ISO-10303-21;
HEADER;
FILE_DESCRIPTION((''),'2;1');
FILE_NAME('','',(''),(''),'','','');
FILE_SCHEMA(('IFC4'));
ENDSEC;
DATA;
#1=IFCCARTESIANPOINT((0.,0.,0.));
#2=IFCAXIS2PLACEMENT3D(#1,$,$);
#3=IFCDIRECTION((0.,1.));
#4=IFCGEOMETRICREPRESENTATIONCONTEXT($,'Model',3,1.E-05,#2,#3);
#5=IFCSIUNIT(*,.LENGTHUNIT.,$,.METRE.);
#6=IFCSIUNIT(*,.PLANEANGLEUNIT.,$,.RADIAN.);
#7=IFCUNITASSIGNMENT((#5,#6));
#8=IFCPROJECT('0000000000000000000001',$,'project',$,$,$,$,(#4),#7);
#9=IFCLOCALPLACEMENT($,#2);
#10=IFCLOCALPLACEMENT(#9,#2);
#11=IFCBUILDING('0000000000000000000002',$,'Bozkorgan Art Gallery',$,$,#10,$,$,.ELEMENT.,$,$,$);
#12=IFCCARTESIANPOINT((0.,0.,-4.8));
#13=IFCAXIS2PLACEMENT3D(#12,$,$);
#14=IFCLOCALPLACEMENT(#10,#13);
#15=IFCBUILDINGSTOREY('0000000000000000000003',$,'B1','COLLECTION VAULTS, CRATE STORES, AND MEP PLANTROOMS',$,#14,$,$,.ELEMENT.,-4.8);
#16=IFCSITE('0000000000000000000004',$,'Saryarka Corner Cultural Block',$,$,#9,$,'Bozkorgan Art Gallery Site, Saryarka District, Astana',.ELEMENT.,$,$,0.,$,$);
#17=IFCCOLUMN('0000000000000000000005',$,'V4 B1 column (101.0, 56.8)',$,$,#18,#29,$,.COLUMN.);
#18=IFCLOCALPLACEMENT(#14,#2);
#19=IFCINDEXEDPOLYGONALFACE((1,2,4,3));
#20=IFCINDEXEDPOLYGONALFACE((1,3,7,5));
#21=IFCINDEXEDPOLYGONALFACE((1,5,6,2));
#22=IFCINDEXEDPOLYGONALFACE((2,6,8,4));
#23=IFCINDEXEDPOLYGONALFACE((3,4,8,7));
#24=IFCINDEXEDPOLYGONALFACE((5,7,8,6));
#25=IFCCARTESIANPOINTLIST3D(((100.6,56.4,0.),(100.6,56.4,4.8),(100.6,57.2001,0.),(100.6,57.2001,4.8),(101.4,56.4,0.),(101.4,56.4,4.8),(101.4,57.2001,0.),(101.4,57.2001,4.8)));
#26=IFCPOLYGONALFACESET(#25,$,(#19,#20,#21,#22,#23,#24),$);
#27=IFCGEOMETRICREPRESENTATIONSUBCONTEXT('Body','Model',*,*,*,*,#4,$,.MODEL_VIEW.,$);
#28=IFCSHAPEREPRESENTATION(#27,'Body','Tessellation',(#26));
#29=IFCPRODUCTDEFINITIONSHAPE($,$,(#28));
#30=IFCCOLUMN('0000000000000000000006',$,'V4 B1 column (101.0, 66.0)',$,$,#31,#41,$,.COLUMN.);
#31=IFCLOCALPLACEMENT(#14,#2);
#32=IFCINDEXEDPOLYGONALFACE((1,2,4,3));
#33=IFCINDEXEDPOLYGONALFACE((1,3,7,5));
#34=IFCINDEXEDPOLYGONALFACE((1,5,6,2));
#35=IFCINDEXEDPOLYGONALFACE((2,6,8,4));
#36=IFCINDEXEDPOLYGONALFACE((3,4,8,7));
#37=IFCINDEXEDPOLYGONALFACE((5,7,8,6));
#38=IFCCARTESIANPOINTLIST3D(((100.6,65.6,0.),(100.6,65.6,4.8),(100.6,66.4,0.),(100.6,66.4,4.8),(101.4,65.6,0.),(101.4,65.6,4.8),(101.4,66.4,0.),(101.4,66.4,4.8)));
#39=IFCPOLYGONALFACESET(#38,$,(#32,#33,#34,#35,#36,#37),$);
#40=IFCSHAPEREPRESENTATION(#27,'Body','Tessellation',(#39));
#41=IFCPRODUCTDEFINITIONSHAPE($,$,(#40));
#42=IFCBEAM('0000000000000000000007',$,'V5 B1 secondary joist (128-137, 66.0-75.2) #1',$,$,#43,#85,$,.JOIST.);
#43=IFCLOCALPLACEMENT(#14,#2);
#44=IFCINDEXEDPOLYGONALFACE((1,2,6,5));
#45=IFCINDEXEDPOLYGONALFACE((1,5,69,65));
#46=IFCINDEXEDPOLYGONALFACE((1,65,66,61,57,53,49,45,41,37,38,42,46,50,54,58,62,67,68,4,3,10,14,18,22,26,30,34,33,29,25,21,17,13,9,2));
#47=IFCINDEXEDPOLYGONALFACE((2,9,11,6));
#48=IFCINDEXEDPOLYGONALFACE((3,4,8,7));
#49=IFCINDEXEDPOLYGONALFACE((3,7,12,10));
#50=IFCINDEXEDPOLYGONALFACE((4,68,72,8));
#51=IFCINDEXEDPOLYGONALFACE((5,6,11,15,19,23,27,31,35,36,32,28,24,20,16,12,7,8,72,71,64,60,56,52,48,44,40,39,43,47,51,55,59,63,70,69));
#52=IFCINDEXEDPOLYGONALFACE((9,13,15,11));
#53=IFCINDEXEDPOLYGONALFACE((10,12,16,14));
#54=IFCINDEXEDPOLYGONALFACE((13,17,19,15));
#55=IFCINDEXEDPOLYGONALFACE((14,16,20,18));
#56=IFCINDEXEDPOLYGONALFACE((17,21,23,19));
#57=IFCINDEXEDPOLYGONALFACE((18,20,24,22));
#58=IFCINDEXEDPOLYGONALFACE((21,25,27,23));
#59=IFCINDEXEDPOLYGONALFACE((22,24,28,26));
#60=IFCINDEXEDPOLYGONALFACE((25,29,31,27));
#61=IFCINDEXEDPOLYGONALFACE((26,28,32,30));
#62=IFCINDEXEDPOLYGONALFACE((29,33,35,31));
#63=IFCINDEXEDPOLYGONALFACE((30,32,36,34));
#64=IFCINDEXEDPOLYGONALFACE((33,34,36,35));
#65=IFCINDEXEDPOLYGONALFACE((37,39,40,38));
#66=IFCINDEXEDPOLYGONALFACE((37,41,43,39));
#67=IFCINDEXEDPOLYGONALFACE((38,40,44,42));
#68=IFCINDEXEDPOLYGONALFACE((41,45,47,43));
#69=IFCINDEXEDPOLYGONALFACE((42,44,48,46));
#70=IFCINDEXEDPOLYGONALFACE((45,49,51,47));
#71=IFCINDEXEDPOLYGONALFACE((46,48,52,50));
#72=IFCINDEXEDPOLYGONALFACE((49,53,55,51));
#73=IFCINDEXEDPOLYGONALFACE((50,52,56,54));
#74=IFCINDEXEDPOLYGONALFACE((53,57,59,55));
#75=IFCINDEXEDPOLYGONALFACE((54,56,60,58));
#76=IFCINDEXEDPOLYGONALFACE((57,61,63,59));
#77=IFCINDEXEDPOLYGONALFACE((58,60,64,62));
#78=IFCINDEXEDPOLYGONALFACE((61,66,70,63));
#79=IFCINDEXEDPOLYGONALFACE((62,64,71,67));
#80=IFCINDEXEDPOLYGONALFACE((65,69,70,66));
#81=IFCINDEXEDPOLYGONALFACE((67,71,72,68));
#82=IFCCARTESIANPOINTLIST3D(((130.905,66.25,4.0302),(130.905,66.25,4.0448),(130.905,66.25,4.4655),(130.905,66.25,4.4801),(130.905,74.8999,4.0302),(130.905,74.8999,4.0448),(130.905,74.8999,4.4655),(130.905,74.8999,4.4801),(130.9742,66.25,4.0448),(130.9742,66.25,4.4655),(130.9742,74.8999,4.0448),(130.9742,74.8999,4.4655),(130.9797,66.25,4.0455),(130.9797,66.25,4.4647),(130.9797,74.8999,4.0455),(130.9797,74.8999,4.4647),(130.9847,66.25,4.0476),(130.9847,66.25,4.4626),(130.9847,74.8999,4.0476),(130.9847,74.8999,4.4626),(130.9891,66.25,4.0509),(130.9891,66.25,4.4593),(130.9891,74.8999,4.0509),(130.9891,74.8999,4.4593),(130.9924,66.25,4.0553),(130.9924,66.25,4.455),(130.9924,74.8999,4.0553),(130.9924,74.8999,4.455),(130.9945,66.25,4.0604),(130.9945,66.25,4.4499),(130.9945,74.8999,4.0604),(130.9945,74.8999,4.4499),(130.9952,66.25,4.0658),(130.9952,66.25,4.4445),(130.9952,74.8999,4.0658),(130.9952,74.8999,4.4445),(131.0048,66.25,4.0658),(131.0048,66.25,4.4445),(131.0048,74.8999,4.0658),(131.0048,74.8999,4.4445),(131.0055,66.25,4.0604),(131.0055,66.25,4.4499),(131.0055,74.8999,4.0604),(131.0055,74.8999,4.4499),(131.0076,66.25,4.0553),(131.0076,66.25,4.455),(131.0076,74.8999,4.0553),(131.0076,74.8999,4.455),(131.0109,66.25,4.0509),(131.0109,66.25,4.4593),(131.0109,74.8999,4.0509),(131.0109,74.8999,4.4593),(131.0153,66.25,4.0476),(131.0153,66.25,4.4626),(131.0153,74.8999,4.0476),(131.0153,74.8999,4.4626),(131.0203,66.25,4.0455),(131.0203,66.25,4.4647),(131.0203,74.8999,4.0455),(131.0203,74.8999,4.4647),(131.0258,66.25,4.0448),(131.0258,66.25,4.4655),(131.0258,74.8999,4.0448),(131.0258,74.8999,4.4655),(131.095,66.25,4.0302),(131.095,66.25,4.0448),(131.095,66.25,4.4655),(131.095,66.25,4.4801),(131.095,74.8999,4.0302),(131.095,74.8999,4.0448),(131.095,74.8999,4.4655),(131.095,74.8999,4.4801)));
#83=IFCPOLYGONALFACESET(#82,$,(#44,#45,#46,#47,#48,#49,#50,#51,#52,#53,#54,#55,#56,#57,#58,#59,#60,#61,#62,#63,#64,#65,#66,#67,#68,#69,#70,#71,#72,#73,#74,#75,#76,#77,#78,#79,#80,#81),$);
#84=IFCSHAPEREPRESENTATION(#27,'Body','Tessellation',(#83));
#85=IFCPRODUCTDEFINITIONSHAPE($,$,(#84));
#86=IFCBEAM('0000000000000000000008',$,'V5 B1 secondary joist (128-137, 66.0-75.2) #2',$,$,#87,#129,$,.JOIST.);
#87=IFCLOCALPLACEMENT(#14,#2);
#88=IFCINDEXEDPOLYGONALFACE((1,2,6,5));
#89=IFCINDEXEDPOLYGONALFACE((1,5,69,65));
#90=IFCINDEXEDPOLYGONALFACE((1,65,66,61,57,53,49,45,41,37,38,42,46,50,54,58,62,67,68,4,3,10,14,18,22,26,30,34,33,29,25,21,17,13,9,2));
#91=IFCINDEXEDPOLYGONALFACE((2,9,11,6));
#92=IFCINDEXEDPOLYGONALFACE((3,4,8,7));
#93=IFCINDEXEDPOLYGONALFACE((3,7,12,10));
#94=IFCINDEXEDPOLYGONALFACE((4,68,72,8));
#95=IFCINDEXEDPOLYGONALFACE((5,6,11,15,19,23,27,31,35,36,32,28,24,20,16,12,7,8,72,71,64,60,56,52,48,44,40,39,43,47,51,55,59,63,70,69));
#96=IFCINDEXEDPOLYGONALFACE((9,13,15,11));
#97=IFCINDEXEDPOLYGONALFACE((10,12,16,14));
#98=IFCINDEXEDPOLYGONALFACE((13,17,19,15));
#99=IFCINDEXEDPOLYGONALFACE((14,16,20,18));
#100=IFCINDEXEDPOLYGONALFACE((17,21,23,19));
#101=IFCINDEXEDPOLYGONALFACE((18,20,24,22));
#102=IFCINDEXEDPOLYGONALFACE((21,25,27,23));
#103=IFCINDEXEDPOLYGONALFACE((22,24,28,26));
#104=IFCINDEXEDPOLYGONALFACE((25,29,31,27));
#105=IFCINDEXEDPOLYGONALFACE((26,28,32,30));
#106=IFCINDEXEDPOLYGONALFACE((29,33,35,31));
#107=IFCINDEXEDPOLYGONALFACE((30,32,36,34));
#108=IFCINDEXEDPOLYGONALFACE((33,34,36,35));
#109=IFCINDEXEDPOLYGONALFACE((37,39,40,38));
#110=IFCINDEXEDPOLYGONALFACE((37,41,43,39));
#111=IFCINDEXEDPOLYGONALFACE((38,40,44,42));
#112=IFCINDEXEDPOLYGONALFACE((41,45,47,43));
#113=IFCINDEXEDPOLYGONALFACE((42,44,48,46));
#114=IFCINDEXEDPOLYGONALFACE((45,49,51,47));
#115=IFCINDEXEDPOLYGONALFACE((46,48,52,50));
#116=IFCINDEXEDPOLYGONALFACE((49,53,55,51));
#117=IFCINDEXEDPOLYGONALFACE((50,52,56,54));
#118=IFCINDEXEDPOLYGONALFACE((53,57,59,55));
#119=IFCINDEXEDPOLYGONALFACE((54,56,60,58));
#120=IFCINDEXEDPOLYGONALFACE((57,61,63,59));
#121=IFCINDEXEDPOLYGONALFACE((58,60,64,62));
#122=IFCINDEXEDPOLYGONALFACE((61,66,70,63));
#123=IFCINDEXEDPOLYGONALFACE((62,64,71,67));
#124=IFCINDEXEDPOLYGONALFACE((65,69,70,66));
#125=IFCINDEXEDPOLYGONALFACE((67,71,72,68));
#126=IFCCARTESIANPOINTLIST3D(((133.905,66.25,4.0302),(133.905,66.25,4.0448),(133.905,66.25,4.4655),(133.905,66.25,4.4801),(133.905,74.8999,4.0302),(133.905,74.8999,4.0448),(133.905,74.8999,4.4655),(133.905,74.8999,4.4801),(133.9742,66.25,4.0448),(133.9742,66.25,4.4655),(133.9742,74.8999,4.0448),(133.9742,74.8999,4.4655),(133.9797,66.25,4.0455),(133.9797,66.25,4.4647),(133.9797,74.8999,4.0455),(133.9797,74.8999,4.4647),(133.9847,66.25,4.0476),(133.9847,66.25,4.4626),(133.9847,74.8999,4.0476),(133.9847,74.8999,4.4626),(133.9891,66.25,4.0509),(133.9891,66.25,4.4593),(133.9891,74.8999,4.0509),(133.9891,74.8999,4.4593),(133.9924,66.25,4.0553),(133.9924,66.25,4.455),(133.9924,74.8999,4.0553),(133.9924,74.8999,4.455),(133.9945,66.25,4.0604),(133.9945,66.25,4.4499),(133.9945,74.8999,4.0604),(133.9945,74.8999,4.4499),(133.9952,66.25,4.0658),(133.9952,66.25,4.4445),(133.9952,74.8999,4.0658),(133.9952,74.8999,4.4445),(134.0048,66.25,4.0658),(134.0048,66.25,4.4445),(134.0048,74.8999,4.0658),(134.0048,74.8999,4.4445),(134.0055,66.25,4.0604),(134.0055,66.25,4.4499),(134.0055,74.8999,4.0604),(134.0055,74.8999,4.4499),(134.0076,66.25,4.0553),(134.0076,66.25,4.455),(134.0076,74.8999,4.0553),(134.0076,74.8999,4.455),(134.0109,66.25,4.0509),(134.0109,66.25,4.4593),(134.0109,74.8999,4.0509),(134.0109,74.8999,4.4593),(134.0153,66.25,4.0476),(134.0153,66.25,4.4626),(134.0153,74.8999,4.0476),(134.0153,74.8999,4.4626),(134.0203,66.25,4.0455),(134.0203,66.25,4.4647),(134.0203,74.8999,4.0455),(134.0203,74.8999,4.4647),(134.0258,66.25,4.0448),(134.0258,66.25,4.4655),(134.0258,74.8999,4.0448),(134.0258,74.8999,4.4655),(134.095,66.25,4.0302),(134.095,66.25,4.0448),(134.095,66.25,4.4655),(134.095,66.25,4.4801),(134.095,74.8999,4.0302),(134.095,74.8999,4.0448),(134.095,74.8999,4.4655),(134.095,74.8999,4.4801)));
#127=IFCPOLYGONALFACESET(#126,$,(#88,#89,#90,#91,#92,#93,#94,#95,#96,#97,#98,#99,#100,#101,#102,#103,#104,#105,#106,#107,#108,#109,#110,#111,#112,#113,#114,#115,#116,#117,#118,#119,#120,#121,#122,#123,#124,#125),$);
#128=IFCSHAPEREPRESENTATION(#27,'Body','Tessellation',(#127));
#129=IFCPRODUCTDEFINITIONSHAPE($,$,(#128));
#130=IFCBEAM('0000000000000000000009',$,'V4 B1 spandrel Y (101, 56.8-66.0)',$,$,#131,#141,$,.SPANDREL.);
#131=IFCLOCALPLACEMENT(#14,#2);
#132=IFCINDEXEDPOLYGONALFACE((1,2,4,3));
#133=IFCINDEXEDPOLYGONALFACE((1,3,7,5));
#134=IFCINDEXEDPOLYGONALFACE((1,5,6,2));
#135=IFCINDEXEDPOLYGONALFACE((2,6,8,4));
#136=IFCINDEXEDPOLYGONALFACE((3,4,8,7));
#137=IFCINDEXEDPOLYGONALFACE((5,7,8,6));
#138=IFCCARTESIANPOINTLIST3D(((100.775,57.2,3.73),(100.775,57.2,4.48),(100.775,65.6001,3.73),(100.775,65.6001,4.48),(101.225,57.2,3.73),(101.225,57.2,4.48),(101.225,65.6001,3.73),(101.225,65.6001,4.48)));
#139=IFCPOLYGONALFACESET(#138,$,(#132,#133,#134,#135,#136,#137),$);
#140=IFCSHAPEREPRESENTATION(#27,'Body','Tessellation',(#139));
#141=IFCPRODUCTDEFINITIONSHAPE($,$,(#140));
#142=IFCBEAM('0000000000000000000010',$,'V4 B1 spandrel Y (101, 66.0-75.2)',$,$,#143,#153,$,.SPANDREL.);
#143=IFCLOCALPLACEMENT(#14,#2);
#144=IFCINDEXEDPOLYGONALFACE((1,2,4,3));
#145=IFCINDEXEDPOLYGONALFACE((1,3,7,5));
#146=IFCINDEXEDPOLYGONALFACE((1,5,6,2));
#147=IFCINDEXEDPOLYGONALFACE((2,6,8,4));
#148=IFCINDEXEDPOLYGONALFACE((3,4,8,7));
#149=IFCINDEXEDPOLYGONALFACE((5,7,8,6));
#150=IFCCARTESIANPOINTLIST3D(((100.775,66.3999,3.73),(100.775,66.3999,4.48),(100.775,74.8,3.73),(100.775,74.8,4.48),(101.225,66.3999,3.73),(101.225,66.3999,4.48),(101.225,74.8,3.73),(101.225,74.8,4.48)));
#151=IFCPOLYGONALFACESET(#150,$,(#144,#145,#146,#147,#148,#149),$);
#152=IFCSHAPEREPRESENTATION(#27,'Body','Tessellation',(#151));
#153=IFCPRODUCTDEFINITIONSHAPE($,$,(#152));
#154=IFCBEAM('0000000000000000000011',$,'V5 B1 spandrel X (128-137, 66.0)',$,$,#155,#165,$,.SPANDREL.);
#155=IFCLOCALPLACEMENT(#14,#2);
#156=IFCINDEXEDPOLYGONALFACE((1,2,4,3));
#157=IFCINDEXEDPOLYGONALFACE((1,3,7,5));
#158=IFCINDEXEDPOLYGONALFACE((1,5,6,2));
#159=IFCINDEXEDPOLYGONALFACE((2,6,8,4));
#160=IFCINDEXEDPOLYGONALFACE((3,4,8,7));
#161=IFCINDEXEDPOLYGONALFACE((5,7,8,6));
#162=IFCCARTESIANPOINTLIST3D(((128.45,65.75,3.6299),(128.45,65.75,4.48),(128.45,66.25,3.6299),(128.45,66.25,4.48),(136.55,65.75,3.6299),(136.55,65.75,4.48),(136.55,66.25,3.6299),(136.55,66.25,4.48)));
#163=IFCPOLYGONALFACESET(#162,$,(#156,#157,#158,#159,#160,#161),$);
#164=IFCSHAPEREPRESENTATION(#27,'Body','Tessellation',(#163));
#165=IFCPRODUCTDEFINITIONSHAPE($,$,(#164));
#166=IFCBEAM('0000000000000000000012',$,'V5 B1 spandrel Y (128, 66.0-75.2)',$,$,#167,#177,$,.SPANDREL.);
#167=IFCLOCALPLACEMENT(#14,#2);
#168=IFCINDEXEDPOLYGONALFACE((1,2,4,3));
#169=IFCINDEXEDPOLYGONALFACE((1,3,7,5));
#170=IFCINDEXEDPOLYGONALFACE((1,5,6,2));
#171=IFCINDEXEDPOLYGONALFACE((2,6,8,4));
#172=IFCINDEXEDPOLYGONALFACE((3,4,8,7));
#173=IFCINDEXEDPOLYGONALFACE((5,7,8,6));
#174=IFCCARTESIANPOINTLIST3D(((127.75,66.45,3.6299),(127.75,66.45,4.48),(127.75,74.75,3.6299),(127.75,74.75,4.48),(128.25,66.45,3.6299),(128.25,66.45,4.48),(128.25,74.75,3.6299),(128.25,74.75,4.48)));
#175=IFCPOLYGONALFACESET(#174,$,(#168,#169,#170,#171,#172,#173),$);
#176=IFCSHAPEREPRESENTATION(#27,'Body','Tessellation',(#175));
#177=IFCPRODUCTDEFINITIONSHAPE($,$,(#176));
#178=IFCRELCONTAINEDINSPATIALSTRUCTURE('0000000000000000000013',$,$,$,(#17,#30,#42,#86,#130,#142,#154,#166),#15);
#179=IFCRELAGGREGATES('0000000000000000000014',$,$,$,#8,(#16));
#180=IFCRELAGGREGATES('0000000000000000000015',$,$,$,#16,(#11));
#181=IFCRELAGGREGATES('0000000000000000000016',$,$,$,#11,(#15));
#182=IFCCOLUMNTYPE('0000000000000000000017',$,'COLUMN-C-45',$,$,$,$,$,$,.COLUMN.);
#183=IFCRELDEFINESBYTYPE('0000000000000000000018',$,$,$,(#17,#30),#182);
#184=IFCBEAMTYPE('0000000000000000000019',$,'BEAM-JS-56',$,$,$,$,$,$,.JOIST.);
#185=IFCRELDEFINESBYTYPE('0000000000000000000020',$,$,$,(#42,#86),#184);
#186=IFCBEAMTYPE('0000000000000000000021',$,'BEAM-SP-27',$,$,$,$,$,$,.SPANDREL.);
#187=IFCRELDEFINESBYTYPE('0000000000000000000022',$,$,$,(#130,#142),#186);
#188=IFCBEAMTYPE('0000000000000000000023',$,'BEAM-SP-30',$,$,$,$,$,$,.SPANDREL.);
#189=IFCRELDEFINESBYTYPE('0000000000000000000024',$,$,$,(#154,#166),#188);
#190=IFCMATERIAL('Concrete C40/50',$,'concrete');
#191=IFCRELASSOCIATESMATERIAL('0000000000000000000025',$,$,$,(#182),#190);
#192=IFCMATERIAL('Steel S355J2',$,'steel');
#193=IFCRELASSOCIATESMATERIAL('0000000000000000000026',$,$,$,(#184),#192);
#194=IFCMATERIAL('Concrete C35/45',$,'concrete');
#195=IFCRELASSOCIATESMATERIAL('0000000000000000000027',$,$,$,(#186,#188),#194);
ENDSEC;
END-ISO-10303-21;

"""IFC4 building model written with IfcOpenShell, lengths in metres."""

from ifc_helpers import new_model, si_unit, direction, frame, origin, origin_2d, place, context, subcontext, project, spatial, rectangle, i_section, extrude, material, material_profile, profile_set, type_object, element, save


model = new_model("IFC4")

# Units and contexts
model_context = context("Model", 3, precision=1e-05, world=origin(), true_north=direction((0.0, 1.0)))
body_context = subcontext(model_context, "Body", "Model", "MODEL_VIEW")
ifc_project = project(units=[si_unit("LENGTHUNIT", "METRE"), si_unit("PLANEANGLEUNIT", "RADIAN")], contexts=[model_context])

# Site, building, storey
site_placement = place(None, origin())
site = spatial("IfcSite", under=ifc_project, at=site_placement, Name="Saryarka Corner Cultural Block", LongName="Bozkorgan Art Gallery Site, Saryarka District, Astana", CompositionType="ELEMENT", RefElevation=0.0)
building_placement = place(site_placement, origin())
building = spatial("IfcBuilding", under=site, at=building_placement, Name="Bozkorgan Art Gallery", CompositionType="ELEMENT")
storey_placement = place(building_placement, frame((0.0, 0.0, -4.8)))
storey = spatial("IfcBuildingStorey", under=building, at=storey_placement, Name="B1", Description="COLLECTION VAULTS, CRATE STORES, AND MEP PLANTROOMS", CompositionType="ELEMENT", Elevation=-4.8)

# Columns
ifc_material_1 = material(Name="Concrete C40/50", Category="concrete")
ifc_material_profile_1 = material_profile(ifc_material_1, rectangle(XDim=0.8, YDim=0.8, at=origin_2d()), Name="RC 800x800")
ifc_profile_set_1 = profile_set([ifc_material_profile_1], Name="Concrete C40/50")
column_type_1 = type_object("IfcColumnType", Name="COLUMN-C-45", PredefinedType="COLUMN", material=ifc_profile_set_1)
for number, where, z_axis, x_axis, name in (
    (1, (101.0, 56.8, 0.0), (0.0, 0.0, 1.0), (1.0, 0.0, 0.0), "V4 B1 column (101.0, 56.8)"),
    (2, (101.0, 66.0, 0.0), (0.0, 0.0, 1.0), (1.0, 0.0, 0.0), "V4 B1 column (101.0, 66.0)"),
):
    element("IfcColumn", number, at=place(storey_placement, frame(where, z_axis=z_axis, x_axis=x_axis)), inside=storey, type_object=column_type_1, Name=name, PredefinedType="COLUMN", context=body_context, shape_type="SweptSolid", body=[
        extrude(rectangle(XDim=0.8, YDim=0.8, at=origin_2d()), origin(), (0.0, 0.0, 1.0), 4.8),
    ])

# Beams
ifc_material_2 = material(Name="Steel S355J2", Category="steel")
ifc_material_profile_2 = material_profile(ifc_material_2, i_section(OverallWidth=0.1899, OverallDepth=0.45, WebThickness=0.0095, FlangeThickness=0.0146, FilletRadius=0.021, at=origin_2d()), Name="IPE 450")
ifc_profile_set_2 = profile_set([ifc_material_profile_2], Name="Steel S355J2")
beam_type_1 = type_object("IfcBeamType", Name="BEAM-JS-56", PredefinedType="JOIST", material=ifc_profile_set_2)
for number, where, z_axis, x_axis, name in (
    (3, (131.0, 66.25, 4.2551), (0.0, 1.0, 0.0), (-1.0, 0.0, 0.0), "V5 B1 secondary joist (128-137, 66.0-75.2) #1"),
    (4, (134.0, 66.25, 4.2551), (0.0, 1.0, 0.0), (-1.0, 0.0, 0.0), "V5 B1 secondary joist (128-137, 66.0-75.2) #2"),
):
    element("IfcBeam", number, at=place(storey_placement, frame(where, z_axis=z_axis, x_axis=x_axis)), inside=storey, type_object=beam_type_1, Name=name, PredefinedType="JOIST", context=body_context, shape_type="SweptSolid", body=[
        extrude(i_section(OverallWidth=0.1899, OverallDepth=0.45, WebThickness=0.0095, FlangeThickness=0.0146, FilletRadius=0.021, at=origin_2d()), origin(), (0.0, 0.0, 1.0), 8.6499),
    ])
ifc_material_3 = material(Name="Concrete C35/45", Category="concrete")
ifc_material_profile_3 = material_profile(ifc_material_3, rectangle(XDim=0.45, YDim=0.75, at=origin_2d()), Name="RC 450x750")
ifc_profile_set_3 = profile_set([ifc_material_profile_3], Name="Concrete C35/45")
beam_type_2 = type_object("IfcBeamType", Name="BEAM-SP-27", PredefinedType="SPANDREL", material=ifc_profile_set_3)
for number, where, z_axis, x_axis, name in (
    (5, (101.0, 57.2, 4.105), (0.0, 1.0, 0.0), (-1.0, 0.0, 0.0), "V4 B1 spandrel Y (101, 56.8-66.0)"),
    (6, (101.0, 66.3999, 4.105), (0.0, 1.0, 0.0), (-1.0, 0.0, 0.0), "V4 B1 spandrel Y (101, 66.0-75.2)"),
):
    element("IfcBeam", number, at=place(storey_placement, frame(where, z_axis=z_axis, x_axis=x_axis)), inside=storey, type_object=beam_type_2, Name=name, PredefinedType="SPANDREL", context=body_context, shape_type="SweptSolid", body=[
        extrude(rectangle(XDim=0.45, YDim=0.75, at=origin_2d()), origin(), (0.0, 0.0, 1.0), 8.4001),
    ])
ifc_material_profile_4 = material_profile(ifc_material_3, rectangle(XDim=0.5, YDim=0.8501, at=origin_2d()), Name="RC 500x850")
ifc_profile_set_4 = profile_set([ifc_material_profile_4], Name="Concrete C35/45")
beam_type_3 = type_object("IfcBeamType", Name="BEAM-SP-30", PredefinedType="SPANDREL", material=ifc_profile_set_4)
beam_1_placement = place(storey_placement, frame((128.45, 66.0, 4.0549), z_axis=(1.0, 0.0, 0.0), x_axis=(0.0, 1.0, 0.0)))
element("IfcBeam", 7, at=beam_1_placement, inside=storey, type_object=beam_type_3, Name="V5 B1 spandrel X (128-137, 66.0)", PredefinedType="SPANDREL", context=body_context, shape_type="SweptSolid", body=[
    extrude(rectangle(XDim=0.5, YDim=0.8501, at=origin_2d()), origin(), (0.0, 0.0, 1.0), 8.1001),
])
beam_2_placement = place(storey_placement, frame((128.0, 66.45, 4.0549), z_axis=(0.0, 1.0, 0.0), x_axis=(-1.0, 0.0, 0.0)))
element("IfcBeam", 8, at=beam_2_placement, inside=storey, type_object=beam_type_3, Name="V5 B1 spandrel Y (128, 66.0-75.2)", PredefinedType="SPANDREL", context=body_context, shape_type="SweptSolid", body=[
    extrude(rectangle(XDim=0.5, YDim=0.8501, at=origin_2d()), origin(), (0.0, 0.0, 1.0), 8.3),
])

save(model, "model.ifc")
